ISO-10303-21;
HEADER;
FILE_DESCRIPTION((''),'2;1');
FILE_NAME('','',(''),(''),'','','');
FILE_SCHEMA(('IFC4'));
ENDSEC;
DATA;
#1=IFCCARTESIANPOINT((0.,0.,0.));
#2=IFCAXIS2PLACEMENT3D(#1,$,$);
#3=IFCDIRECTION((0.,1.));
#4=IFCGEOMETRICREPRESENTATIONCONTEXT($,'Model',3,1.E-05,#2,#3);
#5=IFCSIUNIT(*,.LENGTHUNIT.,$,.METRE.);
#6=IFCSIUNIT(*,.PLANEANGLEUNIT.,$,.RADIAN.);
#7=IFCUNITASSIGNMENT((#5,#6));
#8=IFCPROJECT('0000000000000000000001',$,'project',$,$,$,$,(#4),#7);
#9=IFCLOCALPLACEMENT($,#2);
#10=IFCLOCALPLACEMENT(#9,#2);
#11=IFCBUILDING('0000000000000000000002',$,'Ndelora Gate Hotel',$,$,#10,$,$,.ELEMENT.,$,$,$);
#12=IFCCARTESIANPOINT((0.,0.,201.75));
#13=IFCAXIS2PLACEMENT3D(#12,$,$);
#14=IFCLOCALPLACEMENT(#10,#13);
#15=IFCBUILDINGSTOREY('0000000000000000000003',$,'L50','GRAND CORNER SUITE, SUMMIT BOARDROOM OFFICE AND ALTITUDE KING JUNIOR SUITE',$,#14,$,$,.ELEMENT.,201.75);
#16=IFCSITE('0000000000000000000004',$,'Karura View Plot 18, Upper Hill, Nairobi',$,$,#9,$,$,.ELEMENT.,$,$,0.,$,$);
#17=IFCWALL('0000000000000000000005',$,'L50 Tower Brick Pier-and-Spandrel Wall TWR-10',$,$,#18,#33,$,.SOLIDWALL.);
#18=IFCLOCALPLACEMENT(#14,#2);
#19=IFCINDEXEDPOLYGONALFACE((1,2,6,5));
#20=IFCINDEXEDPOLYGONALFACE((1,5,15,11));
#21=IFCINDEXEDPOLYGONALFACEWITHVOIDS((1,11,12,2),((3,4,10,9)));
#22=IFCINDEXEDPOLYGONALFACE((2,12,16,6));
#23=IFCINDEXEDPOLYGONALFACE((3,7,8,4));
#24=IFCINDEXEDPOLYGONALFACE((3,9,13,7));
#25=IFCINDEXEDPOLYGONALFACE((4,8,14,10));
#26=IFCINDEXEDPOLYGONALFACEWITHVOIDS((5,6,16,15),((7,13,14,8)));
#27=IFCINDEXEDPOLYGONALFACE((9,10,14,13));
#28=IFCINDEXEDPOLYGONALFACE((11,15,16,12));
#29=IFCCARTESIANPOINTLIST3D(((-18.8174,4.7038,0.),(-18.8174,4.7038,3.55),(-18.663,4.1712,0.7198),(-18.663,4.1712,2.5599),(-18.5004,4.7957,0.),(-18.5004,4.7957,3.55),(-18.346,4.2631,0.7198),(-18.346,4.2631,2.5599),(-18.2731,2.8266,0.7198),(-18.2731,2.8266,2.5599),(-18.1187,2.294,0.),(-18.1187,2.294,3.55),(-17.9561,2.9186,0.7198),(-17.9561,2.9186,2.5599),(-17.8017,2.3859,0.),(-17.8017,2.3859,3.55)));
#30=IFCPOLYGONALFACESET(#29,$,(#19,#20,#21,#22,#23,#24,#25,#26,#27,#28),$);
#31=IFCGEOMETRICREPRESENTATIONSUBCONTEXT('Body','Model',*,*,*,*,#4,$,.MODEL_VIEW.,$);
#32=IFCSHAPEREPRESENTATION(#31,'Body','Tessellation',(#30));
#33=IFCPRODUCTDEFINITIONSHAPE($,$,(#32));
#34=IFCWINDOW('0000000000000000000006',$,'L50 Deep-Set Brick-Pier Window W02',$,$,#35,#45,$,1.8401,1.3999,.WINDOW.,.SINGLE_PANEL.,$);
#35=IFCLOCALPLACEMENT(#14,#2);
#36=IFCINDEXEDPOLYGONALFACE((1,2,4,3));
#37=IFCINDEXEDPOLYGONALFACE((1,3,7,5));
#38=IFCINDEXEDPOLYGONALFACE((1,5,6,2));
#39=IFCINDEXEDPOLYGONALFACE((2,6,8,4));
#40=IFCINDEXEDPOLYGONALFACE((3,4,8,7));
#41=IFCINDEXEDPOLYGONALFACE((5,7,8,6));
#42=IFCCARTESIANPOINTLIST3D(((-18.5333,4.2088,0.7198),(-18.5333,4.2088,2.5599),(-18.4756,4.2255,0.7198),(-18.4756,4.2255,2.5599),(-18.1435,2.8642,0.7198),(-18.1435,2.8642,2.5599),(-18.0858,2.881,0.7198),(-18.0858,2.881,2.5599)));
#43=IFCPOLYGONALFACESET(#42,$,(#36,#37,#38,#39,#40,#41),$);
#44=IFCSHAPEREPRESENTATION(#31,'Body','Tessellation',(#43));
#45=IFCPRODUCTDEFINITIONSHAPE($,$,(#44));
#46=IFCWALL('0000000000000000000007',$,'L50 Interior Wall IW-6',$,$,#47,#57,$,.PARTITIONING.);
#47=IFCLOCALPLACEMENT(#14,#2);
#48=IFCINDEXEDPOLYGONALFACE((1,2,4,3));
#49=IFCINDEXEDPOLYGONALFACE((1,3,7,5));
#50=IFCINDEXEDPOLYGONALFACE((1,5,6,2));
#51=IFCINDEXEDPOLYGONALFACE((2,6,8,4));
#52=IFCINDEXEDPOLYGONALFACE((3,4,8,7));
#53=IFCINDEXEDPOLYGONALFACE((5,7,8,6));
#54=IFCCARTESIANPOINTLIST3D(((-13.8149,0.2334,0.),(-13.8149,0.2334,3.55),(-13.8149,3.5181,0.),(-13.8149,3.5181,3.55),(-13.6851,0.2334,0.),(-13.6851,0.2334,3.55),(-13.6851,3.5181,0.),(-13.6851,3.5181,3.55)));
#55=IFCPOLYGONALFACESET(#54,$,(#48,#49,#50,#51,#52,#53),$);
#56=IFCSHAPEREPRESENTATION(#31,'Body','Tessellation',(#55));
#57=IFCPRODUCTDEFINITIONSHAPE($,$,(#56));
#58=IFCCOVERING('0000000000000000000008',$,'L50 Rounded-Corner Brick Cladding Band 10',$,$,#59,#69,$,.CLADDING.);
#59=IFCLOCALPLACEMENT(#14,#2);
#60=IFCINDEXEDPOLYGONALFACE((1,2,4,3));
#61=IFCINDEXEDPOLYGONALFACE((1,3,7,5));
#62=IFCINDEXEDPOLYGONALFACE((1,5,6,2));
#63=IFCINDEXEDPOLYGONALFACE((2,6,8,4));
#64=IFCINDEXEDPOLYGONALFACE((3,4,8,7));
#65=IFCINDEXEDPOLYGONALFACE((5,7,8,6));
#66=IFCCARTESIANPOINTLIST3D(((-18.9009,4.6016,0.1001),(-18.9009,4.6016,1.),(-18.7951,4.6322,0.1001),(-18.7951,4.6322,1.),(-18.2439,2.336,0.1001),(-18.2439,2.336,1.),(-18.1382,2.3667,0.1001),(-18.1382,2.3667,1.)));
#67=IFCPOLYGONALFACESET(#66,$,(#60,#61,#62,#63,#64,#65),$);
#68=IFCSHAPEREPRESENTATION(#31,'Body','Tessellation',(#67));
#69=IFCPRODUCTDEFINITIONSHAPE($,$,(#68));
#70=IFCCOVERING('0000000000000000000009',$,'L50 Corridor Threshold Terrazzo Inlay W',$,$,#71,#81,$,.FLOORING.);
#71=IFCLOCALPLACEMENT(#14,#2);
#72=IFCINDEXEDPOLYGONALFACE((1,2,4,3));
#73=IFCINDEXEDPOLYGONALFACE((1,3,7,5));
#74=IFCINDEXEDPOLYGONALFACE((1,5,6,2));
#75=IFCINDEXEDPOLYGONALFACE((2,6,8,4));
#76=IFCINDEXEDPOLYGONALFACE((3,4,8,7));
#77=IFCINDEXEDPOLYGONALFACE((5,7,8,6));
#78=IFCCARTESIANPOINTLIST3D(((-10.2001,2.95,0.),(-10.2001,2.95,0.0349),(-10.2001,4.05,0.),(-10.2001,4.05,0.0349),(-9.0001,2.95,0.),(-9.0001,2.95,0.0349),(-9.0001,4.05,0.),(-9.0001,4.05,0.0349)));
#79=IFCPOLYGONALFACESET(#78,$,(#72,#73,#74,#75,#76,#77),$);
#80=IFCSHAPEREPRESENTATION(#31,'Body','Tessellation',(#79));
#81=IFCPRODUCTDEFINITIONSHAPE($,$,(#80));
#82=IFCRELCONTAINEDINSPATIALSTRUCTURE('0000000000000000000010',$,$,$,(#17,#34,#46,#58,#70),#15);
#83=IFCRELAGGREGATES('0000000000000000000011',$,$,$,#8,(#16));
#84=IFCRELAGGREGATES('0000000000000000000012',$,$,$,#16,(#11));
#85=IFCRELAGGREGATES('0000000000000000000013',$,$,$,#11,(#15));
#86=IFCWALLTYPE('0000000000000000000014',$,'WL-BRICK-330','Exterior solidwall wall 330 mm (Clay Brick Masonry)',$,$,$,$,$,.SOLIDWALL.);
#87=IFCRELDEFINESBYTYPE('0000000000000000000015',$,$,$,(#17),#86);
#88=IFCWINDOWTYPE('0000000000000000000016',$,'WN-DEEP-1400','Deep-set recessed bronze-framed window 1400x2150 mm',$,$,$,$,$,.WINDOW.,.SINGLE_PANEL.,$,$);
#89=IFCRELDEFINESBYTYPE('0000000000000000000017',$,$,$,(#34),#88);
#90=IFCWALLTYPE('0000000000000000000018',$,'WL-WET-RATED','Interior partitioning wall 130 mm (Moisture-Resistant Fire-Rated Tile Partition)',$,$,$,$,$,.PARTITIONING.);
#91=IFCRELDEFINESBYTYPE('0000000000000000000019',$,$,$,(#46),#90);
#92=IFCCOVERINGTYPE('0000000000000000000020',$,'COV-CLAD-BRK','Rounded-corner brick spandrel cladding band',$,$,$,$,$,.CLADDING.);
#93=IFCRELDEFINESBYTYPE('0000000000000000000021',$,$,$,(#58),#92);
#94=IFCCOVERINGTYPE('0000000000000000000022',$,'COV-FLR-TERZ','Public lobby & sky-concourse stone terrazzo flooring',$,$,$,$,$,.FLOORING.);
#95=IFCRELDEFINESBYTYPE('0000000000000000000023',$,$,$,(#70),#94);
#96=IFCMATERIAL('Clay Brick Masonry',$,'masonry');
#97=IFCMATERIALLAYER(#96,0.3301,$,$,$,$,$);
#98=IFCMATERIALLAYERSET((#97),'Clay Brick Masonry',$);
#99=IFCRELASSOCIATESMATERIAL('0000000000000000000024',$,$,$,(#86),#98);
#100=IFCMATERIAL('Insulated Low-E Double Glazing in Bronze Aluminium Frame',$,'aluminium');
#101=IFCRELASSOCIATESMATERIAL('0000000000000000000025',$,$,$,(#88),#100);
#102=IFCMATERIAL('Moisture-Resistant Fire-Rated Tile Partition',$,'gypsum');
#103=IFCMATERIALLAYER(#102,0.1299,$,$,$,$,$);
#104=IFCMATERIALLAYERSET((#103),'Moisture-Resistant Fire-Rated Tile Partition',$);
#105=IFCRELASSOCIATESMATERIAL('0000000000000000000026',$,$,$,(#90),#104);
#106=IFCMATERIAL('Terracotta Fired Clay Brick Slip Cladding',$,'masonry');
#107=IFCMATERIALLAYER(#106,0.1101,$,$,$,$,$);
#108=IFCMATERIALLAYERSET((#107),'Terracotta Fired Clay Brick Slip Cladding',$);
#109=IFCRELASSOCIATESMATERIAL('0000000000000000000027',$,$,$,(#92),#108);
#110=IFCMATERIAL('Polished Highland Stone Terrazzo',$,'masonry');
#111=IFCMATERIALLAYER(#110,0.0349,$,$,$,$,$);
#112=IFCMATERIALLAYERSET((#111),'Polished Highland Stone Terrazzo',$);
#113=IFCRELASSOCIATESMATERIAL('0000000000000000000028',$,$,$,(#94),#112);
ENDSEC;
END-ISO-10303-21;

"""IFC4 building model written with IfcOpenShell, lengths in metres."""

from ifc_helpers import new_model, si_unit, direction, frame, frame_2d, origin, origin_2d, place, context, subcontext, project, spatial, rectangle, extrude, material, layer, layer_set, type_object, element, fill, save


model = new_model("IFC4")

# Units and contexts
model_context = context("Model", 3, precision=1e-05, world=origin(), true_north=direction((0.0, 1.0)))
body_context = subcontext(model_context, "Body", "Model", "MODEL_VIEW")
ifc_project = project(units=[si_unit("LENGTHUNIT", "METRE"), si_unit("PLANEANGLEUNIT", "RADIAN")], contexts=[model_context])

# Site, building, storey
site_placement = place(None, origin())
site = spatial("IfcSite", under=ifc_project, at=site_placement, Name="Karura View Plot 18, Upper Hill, Nairobi", CompositionType="ELEMENT", RefElevation=0.0)
building_placement = place(site_placement, origin())
building = spatial("IfcBuilding", under=site, at=building_placement, Name="Ndelora Gate Hotel", CompositionType="ELEMENT")
storey_placement = place(building_placement, frame((0.0, 0.0, 201.75)))
storey = spatial("IfcBuildingStorey", under=building, at=storey_placement, Name="L50", Description="GRAND CORNER SUITE, SUMMIT BOARDROOM OFFICE AND ALTITUDE KING JUNIOR SUITE", CompositionType="ELEMENT", Elevation=201.75)

# Wall, opening, window
ifc_material_1 = material(Name="Clay Brick Masonry", Category="masonry")
ifc_layer_1 = layer(ifc_material_1, 0.3301)
ifc_layer_set_1 = layer_set([ifc_layer_1], Name="Clay Brick Masonry")
wall_type_1 = type_object("IfcWallType", Name="WL-BRICK-330", Description="Exterior solidwall wall 330 mm (Clay Brick Masonry)", PredefinedType="SOLIDWALL", material=ifc_layer_set_1)
wall_1_placement = place(storey_placement, frame((-17.9602, 2.3401, 0.0), z_axis=(0.0, 0.0, 1.0), x_axis=(-0.278498, 0.960437, 0.0)))
wall_1 = element("IfcWall", 1, at=wall_1_placement, inside=storey, type_object=wall_type_1, Name="L50 Tower Brick Pier-and-Spandrel Wall TWR-10", PredefinedType="SOLIDWALL", context=body_context, shape_type="SweptSolid", body=[
    extrude(rectangle(XDim=2.509, YDim=0.3301, at=frame_2d((1.2544, 0.0))), origin(), (0.0, 0.0, 1.0), 3.55),
])
opening_placement = place(wall_1_placement, frame((0.5544, 0.0, 0.72)))
opening = element("IfcOpeningElement", 2, at=opening_placement, cuts=wall_1, PredefinedType="OPENING", context=body_context, shape_type="SweptSolid", body=[
    extrude(rectangle(XDim=1.3999, YDim=1.8401, at=frame_2d((0.7, 0.9199))), frame((0.0, 0.175, 0.0), z_axis=(0.0, -1.0, 0.0), x_axis=(1.0, 0.0, 0.0)), (0.0, 0.0, 1.0), 0.3501),
])
ifc_material_2 = material(Name="Insulated Low-E Double Glazing in Bronze Aluminium Frame", Category="aluminium")
window_type = type_object("IfcWindowType", Name="WN-DEEP-1400", Description="Deep-set recessed bronze-framed window 1400x2150 mm", PartitioningType="SINGLE_PANEL", PredefinedType="WINDOW", material=ifc_material_2)
window_placement = place(opening_placement, origin())
window = element("IfcWindow", 3, at=window_placement, inside=storey, type_object=window_type, Name="L50 Deep-Set Brick-Pier Window W02", OverallHeight=1.8401, OverallWidth=1.3999, PartitioningType="SINGLE_PANEL", PredefinedType="WINDOW", context=body_context, shape_type="SweptSolid", body=[
    extrude(rectangle(XDim=1.3999, YDim=1.8401, at=frame_2d((0.7, 0.9199))), frame((0.0, 0.03, 0.0), z_axis=(0.0, -1.0, 0.0), x_axis=(1.0, 0.0, 0.0)), (0.0, 0.0, 1.0), 0.0601),
])
fill(opening, window)

# Wall
ifc_material_3 = material(Name="Moisture-Resistant Fire-Rated Tile Partition", Category="gypsum")
ifc_layer_2 = layer(ifc_material_3, 0.1299)
ifc_layer_set_2 = layer_set([ifc_layer_2], Name="Moisture-Resistant Fire-Rated Tile Partition")
wall_type_2 = type_object("IfcWallType", Name="WL-WET-RATED", Description="Interior partitioning wall 130 mm (Moisture-Resistant Fire-Rated Tile Partition)", PredefinedType="PARTITIONING", material=ifc_layer_set_2)
wall_2_placement = place(storey_placement, frame((-13.75, 0.2334, 0.0), z_axis=(0.0, 0.0, 1.0), x_axis=(0.0, 1.0, 0.0)))
element("IfcWall", 4, at=wall_2_placement, inside=storey, type_object=wall_type_2, Name="L50 Interior Wall IW-6", PredefinedType="PARTITIONING", context=body_context, shape_type="SweptSolid", body=[
    extrude(rectangle(XDim=3.2847, YDim=0.1299, at=frame_2d((1.6423, 0.0))), origin(), (0.0, 0.0, 1.0), 3.55),
])

# Coverings
ifc_material_4 = material(Name="Terracotta Fired Clay Brick Slip Cladding", Category="masonry")
ifc_layer_3 = layer(ifc_material_4, 0.1101)
ifc_layer_set_3 = layer_set([ifc_layer_3], Name="Terracotta Fired Clay Brick Slip Cladding")
covering_type_1 = type_object("IfcCoveringType", Name="COV-CLAD-BRK", Description="Rounded-corner brick spandrel cladding band", PredefinedType="CLADDING", material=ifc_layer_set_3)
covering_1_placement = place(storey_placement, frame((-18.5195, 3.4841, 0.1001), z_axis=(0.0, 0.0, 1.0), x_axis=(-0.278488, 0.96044, 0.0)))
element("IfcCovering", 5, at=covering_1_placement, inside=storey, type_object=covering_type_1, Name="L50 Rounded-Corner Brick Cladding Band 10", PredefinedType="CLADDING", context=body_context, shape_type="SweptSolid", body=[
    extrude(rectangle(XDim=2.3589, YDim=0.1101, at=origin_2d()), origin(), (0.0, 0.0, 1.0), 0.8999),
])
ifc_material_5 = material(Name="Polished Highland Stone Terrazzo", Category="masonry")
ifc_layer_4 = layer(ifc_material_5, 0.0349)
ifc_layer_set_4 = layer_set([ifc_layer_4], Name="Polished Highland Stone Terrazzo")
covering_type_2 = type_object("IfcCoveringType", Name="COV-FLR-TERZ", Description="Public lobby & sky-concourse stone terrazzo flooring", PredefinedType="FLOORING", material=ifc_layer_set_4)
covering_2_placement = place(storey_placement, frame((-9.6001, 3.5, 0.0), z_axis=(0.0, 0.0, 1.0), x_axis=(1.0, 0.0, 0.0)))
element("IfcCovering", 6, at=covering_2_placement, inside=storey, type_object=covering_type_2, Name="L50 Corridor Threshold Terrazzo Inlay W", PredefinedType="FLOORING", context=body_context, shape_type="SweptSolid", body=[
    extrude(rectangle(XDim=1.2, YDim=1.1001, at=origin_2d()), origin(), (0.0, 0.0, 1.0), 0.0349),
])

save(model, "model.ifc")
